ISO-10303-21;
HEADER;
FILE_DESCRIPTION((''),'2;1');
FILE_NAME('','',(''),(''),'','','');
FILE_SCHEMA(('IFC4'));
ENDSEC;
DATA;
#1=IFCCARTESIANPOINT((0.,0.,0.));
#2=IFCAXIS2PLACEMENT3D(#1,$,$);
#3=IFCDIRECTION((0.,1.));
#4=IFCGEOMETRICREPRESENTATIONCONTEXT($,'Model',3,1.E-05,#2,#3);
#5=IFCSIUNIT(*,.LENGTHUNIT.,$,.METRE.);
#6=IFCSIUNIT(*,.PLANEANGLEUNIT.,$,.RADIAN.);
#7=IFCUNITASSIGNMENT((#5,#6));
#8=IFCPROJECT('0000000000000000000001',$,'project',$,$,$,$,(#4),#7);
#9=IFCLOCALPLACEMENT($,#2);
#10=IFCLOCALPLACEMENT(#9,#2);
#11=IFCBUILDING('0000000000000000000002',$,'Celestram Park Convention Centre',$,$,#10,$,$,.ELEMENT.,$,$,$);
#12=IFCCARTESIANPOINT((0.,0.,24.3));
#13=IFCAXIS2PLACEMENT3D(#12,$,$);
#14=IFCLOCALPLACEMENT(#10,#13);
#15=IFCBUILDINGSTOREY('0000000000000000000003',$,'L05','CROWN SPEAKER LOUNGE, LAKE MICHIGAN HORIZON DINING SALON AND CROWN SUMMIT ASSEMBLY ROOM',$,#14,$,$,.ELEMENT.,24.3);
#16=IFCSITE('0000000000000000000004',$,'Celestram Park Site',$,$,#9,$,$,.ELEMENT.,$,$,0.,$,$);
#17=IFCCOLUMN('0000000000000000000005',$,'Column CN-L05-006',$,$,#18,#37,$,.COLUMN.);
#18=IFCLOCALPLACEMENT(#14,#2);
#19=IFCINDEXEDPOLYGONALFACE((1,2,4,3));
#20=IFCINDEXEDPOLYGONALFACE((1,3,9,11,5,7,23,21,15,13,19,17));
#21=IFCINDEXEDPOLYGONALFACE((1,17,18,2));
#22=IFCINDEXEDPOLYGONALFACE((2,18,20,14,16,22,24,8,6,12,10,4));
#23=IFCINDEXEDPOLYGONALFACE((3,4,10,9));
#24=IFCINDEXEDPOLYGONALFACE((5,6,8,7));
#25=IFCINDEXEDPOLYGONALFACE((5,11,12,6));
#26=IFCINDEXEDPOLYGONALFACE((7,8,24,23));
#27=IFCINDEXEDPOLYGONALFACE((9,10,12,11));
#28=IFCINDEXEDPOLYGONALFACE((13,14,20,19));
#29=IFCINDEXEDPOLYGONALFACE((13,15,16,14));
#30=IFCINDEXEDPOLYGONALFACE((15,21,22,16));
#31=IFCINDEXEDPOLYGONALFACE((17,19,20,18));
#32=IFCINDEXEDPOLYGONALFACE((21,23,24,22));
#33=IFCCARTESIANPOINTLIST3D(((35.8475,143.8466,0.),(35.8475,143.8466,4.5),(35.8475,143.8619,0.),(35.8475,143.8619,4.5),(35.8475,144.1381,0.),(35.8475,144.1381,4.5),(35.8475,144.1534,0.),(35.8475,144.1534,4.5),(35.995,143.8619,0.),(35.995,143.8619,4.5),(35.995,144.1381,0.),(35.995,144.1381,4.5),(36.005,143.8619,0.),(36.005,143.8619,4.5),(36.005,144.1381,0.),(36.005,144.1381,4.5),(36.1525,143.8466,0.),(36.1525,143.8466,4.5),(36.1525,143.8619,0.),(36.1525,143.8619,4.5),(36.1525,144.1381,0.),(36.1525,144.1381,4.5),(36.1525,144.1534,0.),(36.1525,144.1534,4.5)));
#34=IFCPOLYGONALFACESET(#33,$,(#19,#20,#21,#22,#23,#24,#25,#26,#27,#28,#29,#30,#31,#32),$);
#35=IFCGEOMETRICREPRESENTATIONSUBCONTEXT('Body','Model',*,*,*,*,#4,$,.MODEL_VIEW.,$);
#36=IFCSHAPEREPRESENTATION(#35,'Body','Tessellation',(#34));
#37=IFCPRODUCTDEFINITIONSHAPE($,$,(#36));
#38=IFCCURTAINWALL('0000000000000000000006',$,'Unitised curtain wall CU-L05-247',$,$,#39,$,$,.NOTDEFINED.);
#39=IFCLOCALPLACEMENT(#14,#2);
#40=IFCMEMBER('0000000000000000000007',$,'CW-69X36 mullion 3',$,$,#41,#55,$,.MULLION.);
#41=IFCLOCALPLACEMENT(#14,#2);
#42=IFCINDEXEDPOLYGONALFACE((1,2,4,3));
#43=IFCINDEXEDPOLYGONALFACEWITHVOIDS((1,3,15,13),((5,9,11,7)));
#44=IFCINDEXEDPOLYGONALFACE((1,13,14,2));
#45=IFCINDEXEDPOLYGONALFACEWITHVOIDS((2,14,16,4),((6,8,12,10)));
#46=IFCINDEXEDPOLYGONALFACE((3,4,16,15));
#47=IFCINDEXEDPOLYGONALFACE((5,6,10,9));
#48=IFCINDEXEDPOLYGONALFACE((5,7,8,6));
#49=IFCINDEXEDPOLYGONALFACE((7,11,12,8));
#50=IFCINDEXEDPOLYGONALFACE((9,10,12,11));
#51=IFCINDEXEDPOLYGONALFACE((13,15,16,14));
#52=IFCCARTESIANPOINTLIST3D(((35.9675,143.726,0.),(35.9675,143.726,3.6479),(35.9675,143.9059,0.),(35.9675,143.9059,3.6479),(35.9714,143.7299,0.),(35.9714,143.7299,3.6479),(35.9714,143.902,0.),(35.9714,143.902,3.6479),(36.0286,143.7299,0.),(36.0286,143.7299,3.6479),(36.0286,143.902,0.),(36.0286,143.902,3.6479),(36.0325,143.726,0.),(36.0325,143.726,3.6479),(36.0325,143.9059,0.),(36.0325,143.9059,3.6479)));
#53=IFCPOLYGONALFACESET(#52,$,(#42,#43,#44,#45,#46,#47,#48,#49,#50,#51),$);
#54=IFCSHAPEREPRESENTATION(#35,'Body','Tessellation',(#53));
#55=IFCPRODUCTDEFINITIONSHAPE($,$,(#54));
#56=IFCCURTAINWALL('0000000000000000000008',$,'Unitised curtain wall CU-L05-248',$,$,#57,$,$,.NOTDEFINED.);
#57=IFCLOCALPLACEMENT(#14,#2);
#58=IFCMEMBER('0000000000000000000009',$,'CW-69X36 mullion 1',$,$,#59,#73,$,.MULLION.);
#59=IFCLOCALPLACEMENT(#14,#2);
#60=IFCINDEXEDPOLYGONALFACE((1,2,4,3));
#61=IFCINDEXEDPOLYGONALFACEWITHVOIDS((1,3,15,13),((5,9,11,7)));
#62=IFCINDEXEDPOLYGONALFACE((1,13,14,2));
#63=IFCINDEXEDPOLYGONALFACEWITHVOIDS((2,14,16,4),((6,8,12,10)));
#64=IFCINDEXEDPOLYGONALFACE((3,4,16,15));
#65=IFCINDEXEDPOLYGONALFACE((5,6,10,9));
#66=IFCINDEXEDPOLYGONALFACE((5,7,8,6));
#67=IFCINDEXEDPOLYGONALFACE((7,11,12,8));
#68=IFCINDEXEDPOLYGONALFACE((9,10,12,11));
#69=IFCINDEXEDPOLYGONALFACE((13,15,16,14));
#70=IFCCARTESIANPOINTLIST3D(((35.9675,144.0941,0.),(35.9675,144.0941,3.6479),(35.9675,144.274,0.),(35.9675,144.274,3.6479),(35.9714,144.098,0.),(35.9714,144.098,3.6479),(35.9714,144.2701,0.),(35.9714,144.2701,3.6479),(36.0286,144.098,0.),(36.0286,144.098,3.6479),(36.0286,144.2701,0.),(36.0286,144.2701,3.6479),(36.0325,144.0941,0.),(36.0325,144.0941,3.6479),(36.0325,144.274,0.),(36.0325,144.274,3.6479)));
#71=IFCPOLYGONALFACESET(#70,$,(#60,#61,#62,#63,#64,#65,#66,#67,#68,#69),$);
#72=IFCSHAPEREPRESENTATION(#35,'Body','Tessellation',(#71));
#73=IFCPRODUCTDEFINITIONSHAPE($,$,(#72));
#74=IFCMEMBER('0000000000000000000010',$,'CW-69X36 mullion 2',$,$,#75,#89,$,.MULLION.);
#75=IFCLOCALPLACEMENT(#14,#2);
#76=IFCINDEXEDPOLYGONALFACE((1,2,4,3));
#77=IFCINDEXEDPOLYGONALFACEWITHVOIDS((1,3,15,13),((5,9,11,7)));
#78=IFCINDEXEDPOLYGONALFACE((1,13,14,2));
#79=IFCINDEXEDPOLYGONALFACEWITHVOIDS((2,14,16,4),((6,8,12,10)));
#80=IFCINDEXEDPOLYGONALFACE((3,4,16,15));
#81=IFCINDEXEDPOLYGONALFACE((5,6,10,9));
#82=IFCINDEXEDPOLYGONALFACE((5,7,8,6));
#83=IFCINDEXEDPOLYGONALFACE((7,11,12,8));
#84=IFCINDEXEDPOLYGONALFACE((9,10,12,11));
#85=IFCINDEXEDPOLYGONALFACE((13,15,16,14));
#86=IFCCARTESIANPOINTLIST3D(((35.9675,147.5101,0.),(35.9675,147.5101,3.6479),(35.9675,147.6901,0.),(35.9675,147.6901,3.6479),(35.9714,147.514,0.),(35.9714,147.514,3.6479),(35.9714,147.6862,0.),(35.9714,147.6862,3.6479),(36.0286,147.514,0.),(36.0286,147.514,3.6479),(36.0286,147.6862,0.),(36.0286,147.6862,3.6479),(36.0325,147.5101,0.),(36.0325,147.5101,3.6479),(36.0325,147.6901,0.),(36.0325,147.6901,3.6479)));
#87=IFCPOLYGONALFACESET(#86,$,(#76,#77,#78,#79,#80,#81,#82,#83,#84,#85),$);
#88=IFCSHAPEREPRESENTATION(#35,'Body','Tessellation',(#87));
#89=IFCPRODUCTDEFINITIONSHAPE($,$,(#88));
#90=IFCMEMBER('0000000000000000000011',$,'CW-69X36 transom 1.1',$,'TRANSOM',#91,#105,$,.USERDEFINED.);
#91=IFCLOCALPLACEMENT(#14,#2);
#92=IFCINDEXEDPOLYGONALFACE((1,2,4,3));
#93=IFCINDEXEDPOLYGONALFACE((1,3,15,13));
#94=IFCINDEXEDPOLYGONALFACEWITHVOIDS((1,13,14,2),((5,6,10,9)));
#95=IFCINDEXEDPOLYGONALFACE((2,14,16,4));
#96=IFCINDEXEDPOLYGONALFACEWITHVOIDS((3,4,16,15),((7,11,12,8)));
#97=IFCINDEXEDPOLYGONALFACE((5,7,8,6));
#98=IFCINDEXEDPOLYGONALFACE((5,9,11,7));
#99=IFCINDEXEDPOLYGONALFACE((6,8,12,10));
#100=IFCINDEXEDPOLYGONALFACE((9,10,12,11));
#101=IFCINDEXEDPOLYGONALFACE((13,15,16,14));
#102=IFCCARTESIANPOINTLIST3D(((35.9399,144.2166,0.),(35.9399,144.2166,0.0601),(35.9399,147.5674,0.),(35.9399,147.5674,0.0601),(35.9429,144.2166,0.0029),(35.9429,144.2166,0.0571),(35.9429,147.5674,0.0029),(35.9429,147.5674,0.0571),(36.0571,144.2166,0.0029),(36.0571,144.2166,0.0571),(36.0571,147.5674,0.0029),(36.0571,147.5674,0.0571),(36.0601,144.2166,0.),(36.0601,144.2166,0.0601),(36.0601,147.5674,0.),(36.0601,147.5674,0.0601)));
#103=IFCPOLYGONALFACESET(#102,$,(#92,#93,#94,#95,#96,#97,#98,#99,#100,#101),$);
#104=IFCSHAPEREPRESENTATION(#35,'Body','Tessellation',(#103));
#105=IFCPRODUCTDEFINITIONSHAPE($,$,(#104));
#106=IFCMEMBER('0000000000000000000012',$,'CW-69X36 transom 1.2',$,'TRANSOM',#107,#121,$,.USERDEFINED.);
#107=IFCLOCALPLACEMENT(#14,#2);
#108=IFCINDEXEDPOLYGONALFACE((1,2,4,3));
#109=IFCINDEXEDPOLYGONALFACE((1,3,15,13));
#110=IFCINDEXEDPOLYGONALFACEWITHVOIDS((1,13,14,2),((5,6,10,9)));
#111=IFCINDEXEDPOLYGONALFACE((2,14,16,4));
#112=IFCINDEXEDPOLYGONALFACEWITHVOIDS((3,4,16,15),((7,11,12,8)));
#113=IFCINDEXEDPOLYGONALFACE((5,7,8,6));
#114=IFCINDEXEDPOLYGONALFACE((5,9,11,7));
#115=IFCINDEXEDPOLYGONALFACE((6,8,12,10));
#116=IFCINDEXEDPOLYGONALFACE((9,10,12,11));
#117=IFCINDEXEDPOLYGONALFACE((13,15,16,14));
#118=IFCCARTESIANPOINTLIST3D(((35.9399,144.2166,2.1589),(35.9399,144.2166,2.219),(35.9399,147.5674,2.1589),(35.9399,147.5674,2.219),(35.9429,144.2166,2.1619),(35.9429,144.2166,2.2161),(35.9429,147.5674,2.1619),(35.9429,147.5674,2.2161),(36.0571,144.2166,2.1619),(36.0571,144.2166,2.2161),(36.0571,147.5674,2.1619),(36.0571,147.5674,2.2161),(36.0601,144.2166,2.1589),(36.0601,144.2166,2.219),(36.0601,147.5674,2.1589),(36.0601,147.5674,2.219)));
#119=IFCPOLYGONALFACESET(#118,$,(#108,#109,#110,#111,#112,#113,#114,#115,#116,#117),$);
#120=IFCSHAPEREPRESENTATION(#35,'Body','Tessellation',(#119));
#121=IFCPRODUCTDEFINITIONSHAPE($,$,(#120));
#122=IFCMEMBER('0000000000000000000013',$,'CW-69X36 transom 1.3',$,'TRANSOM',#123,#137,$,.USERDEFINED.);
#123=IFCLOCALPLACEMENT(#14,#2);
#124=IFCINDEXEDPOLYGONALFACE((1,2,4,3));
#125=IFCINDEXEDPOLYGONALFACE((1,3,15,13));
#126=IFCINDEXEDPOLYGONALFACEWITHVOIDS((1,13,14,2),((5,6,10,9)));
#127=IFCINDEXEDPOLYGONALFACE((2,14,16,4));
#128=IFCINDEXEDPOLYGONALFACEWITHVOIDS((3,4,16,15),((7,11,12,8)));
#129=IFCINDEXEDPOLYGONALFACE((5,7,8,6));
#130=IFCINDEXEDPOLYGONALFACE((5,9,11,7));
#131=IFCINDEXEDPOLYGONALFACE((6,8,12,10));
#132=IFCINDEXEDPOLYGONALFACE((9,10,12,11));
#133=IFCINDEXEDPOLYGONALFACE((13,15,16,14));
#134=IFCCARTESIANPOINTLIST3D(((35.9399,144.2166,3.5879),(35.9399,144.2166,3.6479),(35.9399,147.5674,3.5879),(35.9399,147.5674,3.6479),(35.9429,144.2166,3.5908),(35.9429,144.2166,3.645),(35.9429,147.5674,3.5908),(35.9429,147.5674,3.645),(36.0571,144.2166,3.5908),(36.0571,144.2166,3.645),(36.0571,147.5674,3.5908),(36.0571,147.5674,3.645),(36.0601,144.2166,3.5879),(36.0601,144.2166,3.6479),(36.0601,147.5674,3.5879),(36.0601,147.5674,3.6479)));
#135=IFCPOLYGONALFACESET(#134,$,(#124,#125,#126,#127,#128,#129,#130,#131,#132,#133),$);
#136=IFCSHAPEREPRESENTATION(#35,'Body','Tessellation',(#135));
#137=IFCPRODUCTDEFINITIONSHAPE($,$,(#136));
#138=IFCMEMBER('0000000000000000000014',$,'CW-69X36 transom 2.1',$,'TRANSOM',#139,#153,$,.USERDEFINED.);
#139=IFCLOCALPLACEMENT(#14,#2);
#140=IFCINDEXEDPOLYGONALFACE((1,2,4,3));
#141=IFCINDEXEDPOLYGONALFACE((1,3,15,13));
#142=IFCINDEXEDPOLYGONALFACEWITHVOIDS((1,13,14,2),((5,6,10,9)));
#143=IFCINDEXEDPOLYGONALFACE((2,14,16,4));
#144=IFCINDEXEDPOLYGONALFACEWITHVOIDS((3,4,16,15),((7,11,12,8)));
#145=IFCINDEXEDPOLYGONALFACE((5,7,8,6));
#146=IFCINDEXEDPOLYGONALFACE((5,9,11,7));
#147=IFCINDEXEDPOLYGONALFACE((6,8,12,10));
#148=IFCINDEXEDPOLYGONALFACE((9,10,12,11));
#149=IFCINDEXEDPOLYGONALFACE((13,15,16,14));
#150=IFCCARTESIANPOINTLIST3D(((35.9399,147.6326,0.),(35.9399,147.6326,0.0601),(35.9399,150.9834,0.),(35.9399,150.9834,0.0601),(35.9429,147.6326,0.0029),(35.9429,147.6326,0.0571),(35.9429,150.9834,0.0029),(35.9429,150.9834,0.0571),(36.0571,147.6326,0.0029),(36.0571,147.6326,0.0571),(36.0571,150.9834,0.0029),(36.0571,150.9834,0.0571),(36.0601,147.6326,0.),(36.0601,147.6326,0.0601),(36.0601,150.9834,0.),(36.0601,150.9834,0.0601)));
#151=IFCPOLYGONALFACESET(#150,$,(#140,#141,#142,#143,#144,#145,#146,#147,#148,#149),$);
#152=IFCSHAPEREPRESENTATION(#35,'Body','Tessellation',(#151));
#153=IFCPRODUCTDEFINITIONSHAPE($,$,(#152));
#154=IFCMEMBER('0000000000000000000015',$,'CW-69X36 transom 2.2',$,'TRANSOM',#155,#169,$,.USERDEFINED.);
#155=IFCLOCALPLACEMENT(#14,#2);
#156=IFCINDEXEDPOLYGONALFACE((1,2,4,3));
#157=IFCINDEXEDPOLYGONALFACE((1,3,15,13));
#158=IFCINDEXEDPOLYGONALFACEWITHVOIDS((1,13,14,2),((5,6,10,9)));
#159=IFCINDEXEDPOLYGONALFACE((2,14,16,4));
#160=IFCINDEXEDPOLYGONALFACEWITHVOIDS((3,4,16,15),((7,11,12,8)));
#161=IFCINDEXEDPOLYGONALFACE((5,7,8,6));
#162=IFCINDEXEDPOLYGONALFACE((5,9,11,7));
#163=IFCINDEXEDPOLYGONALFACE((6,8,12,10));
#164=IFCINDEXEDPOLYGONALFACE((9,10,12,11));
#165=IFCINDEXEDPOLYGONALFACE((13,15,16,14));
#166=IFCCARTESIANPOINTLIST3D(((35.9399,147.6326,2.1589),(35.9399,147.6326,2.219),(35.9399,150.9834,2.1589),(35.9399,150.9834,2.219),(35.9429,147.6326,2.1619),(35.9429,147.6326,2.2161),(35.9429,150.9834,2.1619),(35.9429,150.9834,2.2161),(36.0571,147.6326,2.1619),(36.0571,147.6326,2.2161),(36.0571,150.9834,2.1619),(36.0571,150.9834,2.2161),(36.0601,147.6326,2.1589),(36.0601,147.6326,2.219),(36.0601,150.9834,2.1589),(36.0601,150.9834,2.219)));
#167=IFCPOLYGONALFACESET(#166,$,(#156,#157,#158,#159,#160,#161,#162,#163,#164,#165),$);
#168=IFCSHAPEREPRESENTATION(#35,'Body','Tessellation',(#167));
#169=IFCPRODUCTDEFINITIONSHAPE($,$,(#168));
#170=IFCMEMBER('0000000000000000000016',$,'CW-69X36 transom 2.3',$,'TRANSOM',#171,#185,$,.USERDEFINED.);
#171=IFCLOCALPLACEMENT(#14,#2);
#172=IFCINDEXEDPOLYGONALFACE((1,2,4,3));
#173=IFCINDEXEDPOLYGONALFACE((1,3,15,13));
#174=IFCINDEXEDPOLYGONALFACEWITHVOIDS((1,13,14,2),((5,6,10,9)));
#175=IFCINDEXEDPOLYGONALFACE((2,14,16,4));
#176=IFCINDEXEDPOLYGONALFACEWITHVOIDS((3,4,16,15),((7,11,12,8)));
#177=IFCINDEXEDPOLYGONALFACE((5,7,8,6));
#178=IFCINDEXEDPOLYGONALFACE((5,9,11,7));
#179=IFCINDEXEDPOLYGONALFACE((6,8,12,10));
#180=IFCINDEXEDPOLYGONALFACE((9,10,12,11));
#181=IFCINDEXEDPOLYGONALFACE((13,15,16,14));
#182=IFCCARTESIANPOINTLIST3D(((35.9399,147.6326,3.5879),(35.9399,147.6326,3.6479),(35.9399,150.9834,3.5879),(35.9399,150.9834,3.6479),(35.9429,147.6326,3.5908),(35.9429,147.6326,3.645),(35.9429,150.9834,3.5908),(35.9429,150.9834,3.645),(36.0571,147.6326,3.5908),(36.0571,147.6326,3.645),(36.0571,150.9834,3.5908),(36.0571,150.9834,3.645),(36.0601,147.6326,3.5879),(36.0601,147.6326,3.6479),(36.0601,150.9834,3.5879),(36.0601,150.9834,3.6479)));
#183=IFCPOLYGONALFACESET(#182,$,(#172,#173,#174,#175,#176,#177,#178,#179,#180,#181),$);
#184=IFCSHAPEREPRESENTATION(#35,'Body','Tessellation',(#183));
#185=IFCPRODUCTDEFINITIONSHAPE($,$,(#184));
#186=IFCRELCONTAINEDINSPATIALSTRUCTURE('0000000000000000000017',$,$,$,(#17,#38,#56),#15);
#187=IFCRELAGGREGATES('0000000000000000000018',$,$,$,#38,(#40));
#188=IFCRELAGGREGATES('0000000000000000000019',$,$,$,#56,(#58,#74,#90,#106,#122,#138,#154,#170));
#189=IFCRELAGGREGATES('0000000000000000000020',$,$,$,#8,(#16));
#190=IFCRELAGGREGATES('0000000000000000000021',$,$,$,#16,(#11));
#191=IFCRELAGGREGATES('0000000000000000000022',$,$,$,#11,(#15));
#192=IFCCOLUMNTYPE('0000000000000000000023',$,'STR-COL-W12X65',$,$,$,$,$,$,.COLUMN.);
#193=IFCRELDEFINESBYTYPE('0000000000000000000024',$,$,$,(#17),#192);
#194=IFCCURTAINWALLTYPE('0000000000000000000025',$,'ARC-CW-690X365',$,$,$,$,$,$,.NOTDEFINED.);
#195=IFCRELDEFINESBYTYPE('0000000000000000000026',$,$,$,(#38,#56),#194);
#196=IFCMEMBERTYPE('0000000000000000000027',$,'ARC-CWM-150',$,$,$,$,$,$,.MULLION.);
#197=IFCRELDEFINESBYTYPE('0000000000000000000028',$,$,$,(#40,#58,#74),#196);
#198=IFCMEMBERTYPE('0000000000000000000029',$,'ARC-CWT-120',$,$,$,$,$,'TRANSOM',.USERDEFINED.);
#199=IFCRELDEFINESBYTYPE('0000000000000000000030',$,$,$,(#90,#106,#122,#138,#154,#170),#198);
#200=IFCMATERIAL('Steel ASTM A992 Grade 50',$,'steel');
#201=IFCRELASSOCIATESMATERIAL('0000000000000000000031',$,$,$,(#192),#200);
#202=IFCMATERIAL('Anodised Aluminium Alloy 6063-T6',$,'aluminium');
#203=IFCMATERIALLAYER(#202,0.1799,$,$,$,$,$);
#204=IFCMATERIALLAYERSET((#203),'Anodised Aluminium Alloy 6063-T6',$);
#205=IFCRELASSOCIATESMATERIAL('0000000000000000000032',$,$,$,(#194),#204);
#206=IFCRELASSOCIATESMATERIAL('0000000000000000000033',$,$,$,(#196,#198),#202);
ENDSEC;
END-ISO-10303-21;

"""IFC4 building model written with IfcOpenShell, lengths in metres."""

from ifc_helpers import new_model, si_unit, direction, frame, origin, origin_2d, place, context, subcontext, project, spatial, hollow_rectangle, i_section, extrude, material, layer, layer_set, material_profile, profile_set, type_object, element, aggregate, save


model = new_model("IFC4")

# Units and contexts
model_context = context("Model", 3, precision=1e-05, world=origin(), true_north=direction((0.0, 1.0)))
body_context = subcontext(model_context, "Body", "Model", "MODEL_VIEW")
ifc_project = project(units=[si_unit("LENGTHUNIT", "METRE"), si_unit("PLANEANGLEUNIT", "RADIAN")], contexts=[model_context])

# Site, building, storey
site_placement = place(None, origin())
site = spatial("IfcSite", under=ifc_project, at=site_placement, Name="Celestram Park Site", CompositionType="ELEMENT", RefElevation=0.0)
building_placement = place(site_placement, origin())
building = spatial("IfcBuilding", under=site, at=building_placement, Name="Celestram Park Convention Centre", CompositionType="ELEMENT")
storey_placement = place(building_placement, frame((0.0, 0.0, 24.3)))
storey = spatial("IfcBuildingStorey", under=building, at=storey_placement, Name="L05", Description="CROWN SPEAKER LOUNGE, LAKE MICHIGAN HORIZON DINING SALON AND CROWN SUMMIT ASSEMBLY ROOM", CompositionType="ELEMENT", Elevation=24.3)

# Column
ifc_material_1 = material(Name="Steel ASTM A992 Grade 50", Category="steel")
ifc_material_profile_1 = material_profile(ifc_material_1, i_section(OverallWidth=0.3049, OverallDepth=0.3069, WebThickness=0.01, FlangeThickness=0.0154, at=origin_2d()), Name="W12X65")
ifc_profile_set_1 = profile_set([ifc_material_profile_1], Name="Steel ASTM A992 Grade 50")
column_type = type_object("IfcColumnType", Name="STR-COL-W12X65", PredefinedType="COLUMN", material=ifc_profile_set_1)
column_placement = place(storey_placement, frame((36.0, 144.0, 0.0), z_axis=(0.0, 0.0, 1.0), x_axis=(1.0, 0.0, 0.0)))
element("IfcColumn", 1, at=column_placement, inside=storey, type_object=column_type, Name="Column CN-L05-006", PredefinedType="COLUMN", context=body_context, shape_type="SweptSolid", body=[
    extrude(i_section(OverallWidth=0.3049, OverallDepth=0.3069, WebThickness=0.01, FlangeThickness=0.0154, at=origin_2d()), origin(), (0.0, 0.0, 1.0), 4.5),
])

# Curtain wall, member
ifc_material_2 = material(Name="Anodised Aluminium Alloy 6063-T6", Category="aluminium")
ifc_layer_1 = layer(ifc_material_2, 0.1799)
ifc_layer_set_1 = layer_set([ifc_layer_1], Name="Anodised Aluminium Alloy 6063-T6")
curtain_wall_type = type_object("IfcCurtainWallType", Name="ARC-CW-690X365", PredefinedType="NOTDEFINED", material=ifc_layer_set_1)
curtain_wall_1_placement = place(storey_placement, origin())
curtain_wall_1 = element("IfcCurtainWall", 2, at=curtain_wall_1_placement, inside=storey, type_object=curtain_wall_type, Name="Unitised curtain wall CU-L05-247", PredefinedType="NOTDEFINED")
ifc_material_profile_2 = material_profile(ifc_material_2, hollow_rectangle(XDim=0.0649, YDim=0.1799, WallThickness=0.0039, at=origin_2d()), Name="ALU65X180X4")
ifc_profile_set_2 = profile_set([ifc_material_profile_2], Name="Anodised Aluminium Alloy 6063-T6")
member_type_1 = type_object("IfcMemberType", Name="ARC-CWM-150", PredefinedType="MULLION", material=ifc_profile_set_2)
member_1_placement = place(storey_placement, frame((36.0, 143.8159, 0.0), z_axis=(0.0, 0.0, 1.0), x_axis=(-1.0, 0.0, 0.0)))
member_1 = element("IfcMember", 3, at=member_1_placement, type_object=member_type_1, Name="CW-69X36 mullion 3", PredefinedType="MULLION", context=body_context, shape_type="SweptSolid", body=[
    extrude(hollow_rectangle(XDim=0.0649, YDim=0.1799, WallThickness=0.0039, at=origin_2d()), origin(), (0.0, 0.0, 1.0), 3.6479),
])

# Curtain wall, members
curtain_wall_2_placement = place(storey_placement, origin())
curtain_wall_2 = element("IfcCurtainWall", 4, at=curtain_wall_2_placement, inside=storey, type_object=curtain_wall_type, Name="Unitised curtain wall CU-L05-248", PredefinedType="NOTDEFINED")
member_2_placement = place(storey_placement, frame((36.0, 144.1841, 0.0), z_axis=(0.0, 0.0, 1.0), x_axis=(-1.0, 0.0, 0.0)))
member_2 = element("IfcMember", 5, at=member_2_placement, type_object=member_type_1, Name="CW-69X36 mullion 1", PredefinedType="MULLION", context=body_context, shape_type="SweptSolid", body=[
    extrude(hollow_rectangle(XDim=0.0649, YDim=0.1799, WallThickness=0.0039, at=origin_2d()), origin(), (0.0, 0.0, 1.0), 3.6479),
])
member_3_placement = place(storey_placement, frame((36.0, 147.6001, 0.0), z_axis=(0.0, 0.0, 1.0), x_axis=(-1.0, 0.0, 0.0)))
member_3 = element("IfcMember", 6, at=member_3_placement, type_object=member_type_1, Name="CW-69X36 mullion 2", PredefinedType="MULLION", context=body_context, shape_type="SweptSolid", body=[
    extrude(hollow_rectangle(XDim=0.0649, YDim=0.1799, WallThickness=0.0039, at=origin_2d()), origin(), (0.0, 0.0, 1.0), 3.6479),
])
ifc_material_profile_3 = material_profile(ifc_material_2, hollow_rectangle(XDim=0.1201, YDim=0.0601, WallThickness=0.0029, at=origin_2d()), Name="ALU120X60X3")
ifc_profile_set_3 = profile_set([ifc_material_profile_3], Name="Anodised Aluminium Alloy 6063-T6")
member_type_2 = type_object("IfcMemberType", Name="ARC-CWT-120", ElementType="TRANSOM", PredefinedType="USERDEFINED", material=ifc_profile_set_3)
member_4_placement = place(storey_placement, frame((36.0, 144.2166, 0.03), z_axis=(0.0, 1.0, 0.0), x_axis=(-1.0, 0.0, 0.0)))
member_4 = element("IfcMember", 7, at=member_4_placement, type_object=member_type_2, Name="CW-69X36 transom 1.1", ObjectType="TRANSOM", PredefinedType="USERDEFINED", context=body_context, shape_type="SweptSolid", body=[
    extrude(hollow_rectangle(XDim=0.1201, YDim=0.0601, WallThickness=0.0029, at=origin_2d()), origin(), (0.0, 0.0, 1.0), 3.3508),
])
member_5_placement = place(storey_placement, frame((36.0, 144.2166, 2.189), z_axis=(0.0, 1.0, 0.0), x_axis=(-1.0, 0.0, 0.0)))
member_5 = element("IfcMember", 8, at=member_5_placement, type_object=member_type_2, Name="CW-69X36 transom 1.2", ObjectType="TRANSOM", PredefinedType="USERDEFINED", context=body_context, shape_type="SweptSolid", body=[
    extrude(hollow_rectangle(XDim=0.1201, YDim=0.0601, WallThickness=0.0029, at=origin_2d()), origin(), (0.0, 0.0, 1.0), 3.3508),
])
member_6_placement = place(storey_placement, frame((36.0, 144.2166, 3.6179), z_axis=(0.0, 1.0, 0.0), x_axis=(-1.0, 0.0, 0.0)))
member_6 = element("IfcMember", 9, at=member_6_placement, type_object=member_type_2, Name="CW-69X36 transom 1.3", ObjectType="TRANSOM", PredefinedType="USERDEFINED", context=body_context, shape_type="SweptSolid", body=[
    extrude(hollow_rectangle(XDim=0.1201, YDim=0.0601, WallThickness=0.0029, at=origin_2d()), origin(), (0.0, 0.0, 1.0), 3.3508),
])
member_7_placement = place(storey_placement, frame((36.0, 147.6326, 0.03), z_axis=(0.0, 1.0, 0.0), x_axis=(-1.0, 0.0, 0.0)))
member_7 = element("IfcMember", 10, at=member_7_placement, type_object=member_type_2, Name="CW-69X36 transom 2.1", ObjectType="TRANSOM", PredefinedType="USERDEFINED", context=body_context, shape_type="SweptSolid", body=[
    extrude(hollow_rectangle(XDim=0.1201, YDim=0.0601, WallThickness=0.0029, at=origin_2d()), origin(), (0.0, 0.0, 1.0), 3.3508),
])
member_8_placement = place(storey_placement, frame((36.0, 147.6326, 2.189), z_axis=(0.0, 1.0, 0.0), x_axis=(-1.0, 0.0, 0.0)))
member_8 = element("IfcMember", 11, at=member_8_placement, type_object=member_type_2, Name="CW-69X36 transom 2.2", ObjectType="TRANSOM", PredefinedType="USERDEFINED", context=body_context, shape_type="SweptSolid", body=[
    extrude(hollow_rectangle(XDim=0.1201, YDim=0.0601, WallThickness=0.0029, at=origin_2d()), origin(), (0.0, 0.0, 1.0), 3.3508),
])
member_9_placement = place(storey_placement, frame((36.0, 147.6326, 3.6179), z_axis=(0.0, 1.0, 0.0), x_axis=(-1.0, 0.0, 0.0)))
member_9 = element("IfcMember", 12, at=member_9_placement, type_object=member_type_2, Name="CW-69X36 transom 2.3", ObjectType="TRANSOM", PredefinedType="USERDEFINED", context=body_context, shape_type="SweptSolid", body=[
    extrude(hollow_rectangle(XDim=0.1201, YDim=0.0601, WallThickness=0.0029, at=origin_2d()), origin(), (0.0, 0.0, 1.0), 3.3508),
])

aggregate(curtain_wall_1, [member_1])
aggregate(curtain_wall_2, [member_2, member_3, member_4, member_5, member_6, member_7, member_8, member_9])

save(model, "model.ifc")
